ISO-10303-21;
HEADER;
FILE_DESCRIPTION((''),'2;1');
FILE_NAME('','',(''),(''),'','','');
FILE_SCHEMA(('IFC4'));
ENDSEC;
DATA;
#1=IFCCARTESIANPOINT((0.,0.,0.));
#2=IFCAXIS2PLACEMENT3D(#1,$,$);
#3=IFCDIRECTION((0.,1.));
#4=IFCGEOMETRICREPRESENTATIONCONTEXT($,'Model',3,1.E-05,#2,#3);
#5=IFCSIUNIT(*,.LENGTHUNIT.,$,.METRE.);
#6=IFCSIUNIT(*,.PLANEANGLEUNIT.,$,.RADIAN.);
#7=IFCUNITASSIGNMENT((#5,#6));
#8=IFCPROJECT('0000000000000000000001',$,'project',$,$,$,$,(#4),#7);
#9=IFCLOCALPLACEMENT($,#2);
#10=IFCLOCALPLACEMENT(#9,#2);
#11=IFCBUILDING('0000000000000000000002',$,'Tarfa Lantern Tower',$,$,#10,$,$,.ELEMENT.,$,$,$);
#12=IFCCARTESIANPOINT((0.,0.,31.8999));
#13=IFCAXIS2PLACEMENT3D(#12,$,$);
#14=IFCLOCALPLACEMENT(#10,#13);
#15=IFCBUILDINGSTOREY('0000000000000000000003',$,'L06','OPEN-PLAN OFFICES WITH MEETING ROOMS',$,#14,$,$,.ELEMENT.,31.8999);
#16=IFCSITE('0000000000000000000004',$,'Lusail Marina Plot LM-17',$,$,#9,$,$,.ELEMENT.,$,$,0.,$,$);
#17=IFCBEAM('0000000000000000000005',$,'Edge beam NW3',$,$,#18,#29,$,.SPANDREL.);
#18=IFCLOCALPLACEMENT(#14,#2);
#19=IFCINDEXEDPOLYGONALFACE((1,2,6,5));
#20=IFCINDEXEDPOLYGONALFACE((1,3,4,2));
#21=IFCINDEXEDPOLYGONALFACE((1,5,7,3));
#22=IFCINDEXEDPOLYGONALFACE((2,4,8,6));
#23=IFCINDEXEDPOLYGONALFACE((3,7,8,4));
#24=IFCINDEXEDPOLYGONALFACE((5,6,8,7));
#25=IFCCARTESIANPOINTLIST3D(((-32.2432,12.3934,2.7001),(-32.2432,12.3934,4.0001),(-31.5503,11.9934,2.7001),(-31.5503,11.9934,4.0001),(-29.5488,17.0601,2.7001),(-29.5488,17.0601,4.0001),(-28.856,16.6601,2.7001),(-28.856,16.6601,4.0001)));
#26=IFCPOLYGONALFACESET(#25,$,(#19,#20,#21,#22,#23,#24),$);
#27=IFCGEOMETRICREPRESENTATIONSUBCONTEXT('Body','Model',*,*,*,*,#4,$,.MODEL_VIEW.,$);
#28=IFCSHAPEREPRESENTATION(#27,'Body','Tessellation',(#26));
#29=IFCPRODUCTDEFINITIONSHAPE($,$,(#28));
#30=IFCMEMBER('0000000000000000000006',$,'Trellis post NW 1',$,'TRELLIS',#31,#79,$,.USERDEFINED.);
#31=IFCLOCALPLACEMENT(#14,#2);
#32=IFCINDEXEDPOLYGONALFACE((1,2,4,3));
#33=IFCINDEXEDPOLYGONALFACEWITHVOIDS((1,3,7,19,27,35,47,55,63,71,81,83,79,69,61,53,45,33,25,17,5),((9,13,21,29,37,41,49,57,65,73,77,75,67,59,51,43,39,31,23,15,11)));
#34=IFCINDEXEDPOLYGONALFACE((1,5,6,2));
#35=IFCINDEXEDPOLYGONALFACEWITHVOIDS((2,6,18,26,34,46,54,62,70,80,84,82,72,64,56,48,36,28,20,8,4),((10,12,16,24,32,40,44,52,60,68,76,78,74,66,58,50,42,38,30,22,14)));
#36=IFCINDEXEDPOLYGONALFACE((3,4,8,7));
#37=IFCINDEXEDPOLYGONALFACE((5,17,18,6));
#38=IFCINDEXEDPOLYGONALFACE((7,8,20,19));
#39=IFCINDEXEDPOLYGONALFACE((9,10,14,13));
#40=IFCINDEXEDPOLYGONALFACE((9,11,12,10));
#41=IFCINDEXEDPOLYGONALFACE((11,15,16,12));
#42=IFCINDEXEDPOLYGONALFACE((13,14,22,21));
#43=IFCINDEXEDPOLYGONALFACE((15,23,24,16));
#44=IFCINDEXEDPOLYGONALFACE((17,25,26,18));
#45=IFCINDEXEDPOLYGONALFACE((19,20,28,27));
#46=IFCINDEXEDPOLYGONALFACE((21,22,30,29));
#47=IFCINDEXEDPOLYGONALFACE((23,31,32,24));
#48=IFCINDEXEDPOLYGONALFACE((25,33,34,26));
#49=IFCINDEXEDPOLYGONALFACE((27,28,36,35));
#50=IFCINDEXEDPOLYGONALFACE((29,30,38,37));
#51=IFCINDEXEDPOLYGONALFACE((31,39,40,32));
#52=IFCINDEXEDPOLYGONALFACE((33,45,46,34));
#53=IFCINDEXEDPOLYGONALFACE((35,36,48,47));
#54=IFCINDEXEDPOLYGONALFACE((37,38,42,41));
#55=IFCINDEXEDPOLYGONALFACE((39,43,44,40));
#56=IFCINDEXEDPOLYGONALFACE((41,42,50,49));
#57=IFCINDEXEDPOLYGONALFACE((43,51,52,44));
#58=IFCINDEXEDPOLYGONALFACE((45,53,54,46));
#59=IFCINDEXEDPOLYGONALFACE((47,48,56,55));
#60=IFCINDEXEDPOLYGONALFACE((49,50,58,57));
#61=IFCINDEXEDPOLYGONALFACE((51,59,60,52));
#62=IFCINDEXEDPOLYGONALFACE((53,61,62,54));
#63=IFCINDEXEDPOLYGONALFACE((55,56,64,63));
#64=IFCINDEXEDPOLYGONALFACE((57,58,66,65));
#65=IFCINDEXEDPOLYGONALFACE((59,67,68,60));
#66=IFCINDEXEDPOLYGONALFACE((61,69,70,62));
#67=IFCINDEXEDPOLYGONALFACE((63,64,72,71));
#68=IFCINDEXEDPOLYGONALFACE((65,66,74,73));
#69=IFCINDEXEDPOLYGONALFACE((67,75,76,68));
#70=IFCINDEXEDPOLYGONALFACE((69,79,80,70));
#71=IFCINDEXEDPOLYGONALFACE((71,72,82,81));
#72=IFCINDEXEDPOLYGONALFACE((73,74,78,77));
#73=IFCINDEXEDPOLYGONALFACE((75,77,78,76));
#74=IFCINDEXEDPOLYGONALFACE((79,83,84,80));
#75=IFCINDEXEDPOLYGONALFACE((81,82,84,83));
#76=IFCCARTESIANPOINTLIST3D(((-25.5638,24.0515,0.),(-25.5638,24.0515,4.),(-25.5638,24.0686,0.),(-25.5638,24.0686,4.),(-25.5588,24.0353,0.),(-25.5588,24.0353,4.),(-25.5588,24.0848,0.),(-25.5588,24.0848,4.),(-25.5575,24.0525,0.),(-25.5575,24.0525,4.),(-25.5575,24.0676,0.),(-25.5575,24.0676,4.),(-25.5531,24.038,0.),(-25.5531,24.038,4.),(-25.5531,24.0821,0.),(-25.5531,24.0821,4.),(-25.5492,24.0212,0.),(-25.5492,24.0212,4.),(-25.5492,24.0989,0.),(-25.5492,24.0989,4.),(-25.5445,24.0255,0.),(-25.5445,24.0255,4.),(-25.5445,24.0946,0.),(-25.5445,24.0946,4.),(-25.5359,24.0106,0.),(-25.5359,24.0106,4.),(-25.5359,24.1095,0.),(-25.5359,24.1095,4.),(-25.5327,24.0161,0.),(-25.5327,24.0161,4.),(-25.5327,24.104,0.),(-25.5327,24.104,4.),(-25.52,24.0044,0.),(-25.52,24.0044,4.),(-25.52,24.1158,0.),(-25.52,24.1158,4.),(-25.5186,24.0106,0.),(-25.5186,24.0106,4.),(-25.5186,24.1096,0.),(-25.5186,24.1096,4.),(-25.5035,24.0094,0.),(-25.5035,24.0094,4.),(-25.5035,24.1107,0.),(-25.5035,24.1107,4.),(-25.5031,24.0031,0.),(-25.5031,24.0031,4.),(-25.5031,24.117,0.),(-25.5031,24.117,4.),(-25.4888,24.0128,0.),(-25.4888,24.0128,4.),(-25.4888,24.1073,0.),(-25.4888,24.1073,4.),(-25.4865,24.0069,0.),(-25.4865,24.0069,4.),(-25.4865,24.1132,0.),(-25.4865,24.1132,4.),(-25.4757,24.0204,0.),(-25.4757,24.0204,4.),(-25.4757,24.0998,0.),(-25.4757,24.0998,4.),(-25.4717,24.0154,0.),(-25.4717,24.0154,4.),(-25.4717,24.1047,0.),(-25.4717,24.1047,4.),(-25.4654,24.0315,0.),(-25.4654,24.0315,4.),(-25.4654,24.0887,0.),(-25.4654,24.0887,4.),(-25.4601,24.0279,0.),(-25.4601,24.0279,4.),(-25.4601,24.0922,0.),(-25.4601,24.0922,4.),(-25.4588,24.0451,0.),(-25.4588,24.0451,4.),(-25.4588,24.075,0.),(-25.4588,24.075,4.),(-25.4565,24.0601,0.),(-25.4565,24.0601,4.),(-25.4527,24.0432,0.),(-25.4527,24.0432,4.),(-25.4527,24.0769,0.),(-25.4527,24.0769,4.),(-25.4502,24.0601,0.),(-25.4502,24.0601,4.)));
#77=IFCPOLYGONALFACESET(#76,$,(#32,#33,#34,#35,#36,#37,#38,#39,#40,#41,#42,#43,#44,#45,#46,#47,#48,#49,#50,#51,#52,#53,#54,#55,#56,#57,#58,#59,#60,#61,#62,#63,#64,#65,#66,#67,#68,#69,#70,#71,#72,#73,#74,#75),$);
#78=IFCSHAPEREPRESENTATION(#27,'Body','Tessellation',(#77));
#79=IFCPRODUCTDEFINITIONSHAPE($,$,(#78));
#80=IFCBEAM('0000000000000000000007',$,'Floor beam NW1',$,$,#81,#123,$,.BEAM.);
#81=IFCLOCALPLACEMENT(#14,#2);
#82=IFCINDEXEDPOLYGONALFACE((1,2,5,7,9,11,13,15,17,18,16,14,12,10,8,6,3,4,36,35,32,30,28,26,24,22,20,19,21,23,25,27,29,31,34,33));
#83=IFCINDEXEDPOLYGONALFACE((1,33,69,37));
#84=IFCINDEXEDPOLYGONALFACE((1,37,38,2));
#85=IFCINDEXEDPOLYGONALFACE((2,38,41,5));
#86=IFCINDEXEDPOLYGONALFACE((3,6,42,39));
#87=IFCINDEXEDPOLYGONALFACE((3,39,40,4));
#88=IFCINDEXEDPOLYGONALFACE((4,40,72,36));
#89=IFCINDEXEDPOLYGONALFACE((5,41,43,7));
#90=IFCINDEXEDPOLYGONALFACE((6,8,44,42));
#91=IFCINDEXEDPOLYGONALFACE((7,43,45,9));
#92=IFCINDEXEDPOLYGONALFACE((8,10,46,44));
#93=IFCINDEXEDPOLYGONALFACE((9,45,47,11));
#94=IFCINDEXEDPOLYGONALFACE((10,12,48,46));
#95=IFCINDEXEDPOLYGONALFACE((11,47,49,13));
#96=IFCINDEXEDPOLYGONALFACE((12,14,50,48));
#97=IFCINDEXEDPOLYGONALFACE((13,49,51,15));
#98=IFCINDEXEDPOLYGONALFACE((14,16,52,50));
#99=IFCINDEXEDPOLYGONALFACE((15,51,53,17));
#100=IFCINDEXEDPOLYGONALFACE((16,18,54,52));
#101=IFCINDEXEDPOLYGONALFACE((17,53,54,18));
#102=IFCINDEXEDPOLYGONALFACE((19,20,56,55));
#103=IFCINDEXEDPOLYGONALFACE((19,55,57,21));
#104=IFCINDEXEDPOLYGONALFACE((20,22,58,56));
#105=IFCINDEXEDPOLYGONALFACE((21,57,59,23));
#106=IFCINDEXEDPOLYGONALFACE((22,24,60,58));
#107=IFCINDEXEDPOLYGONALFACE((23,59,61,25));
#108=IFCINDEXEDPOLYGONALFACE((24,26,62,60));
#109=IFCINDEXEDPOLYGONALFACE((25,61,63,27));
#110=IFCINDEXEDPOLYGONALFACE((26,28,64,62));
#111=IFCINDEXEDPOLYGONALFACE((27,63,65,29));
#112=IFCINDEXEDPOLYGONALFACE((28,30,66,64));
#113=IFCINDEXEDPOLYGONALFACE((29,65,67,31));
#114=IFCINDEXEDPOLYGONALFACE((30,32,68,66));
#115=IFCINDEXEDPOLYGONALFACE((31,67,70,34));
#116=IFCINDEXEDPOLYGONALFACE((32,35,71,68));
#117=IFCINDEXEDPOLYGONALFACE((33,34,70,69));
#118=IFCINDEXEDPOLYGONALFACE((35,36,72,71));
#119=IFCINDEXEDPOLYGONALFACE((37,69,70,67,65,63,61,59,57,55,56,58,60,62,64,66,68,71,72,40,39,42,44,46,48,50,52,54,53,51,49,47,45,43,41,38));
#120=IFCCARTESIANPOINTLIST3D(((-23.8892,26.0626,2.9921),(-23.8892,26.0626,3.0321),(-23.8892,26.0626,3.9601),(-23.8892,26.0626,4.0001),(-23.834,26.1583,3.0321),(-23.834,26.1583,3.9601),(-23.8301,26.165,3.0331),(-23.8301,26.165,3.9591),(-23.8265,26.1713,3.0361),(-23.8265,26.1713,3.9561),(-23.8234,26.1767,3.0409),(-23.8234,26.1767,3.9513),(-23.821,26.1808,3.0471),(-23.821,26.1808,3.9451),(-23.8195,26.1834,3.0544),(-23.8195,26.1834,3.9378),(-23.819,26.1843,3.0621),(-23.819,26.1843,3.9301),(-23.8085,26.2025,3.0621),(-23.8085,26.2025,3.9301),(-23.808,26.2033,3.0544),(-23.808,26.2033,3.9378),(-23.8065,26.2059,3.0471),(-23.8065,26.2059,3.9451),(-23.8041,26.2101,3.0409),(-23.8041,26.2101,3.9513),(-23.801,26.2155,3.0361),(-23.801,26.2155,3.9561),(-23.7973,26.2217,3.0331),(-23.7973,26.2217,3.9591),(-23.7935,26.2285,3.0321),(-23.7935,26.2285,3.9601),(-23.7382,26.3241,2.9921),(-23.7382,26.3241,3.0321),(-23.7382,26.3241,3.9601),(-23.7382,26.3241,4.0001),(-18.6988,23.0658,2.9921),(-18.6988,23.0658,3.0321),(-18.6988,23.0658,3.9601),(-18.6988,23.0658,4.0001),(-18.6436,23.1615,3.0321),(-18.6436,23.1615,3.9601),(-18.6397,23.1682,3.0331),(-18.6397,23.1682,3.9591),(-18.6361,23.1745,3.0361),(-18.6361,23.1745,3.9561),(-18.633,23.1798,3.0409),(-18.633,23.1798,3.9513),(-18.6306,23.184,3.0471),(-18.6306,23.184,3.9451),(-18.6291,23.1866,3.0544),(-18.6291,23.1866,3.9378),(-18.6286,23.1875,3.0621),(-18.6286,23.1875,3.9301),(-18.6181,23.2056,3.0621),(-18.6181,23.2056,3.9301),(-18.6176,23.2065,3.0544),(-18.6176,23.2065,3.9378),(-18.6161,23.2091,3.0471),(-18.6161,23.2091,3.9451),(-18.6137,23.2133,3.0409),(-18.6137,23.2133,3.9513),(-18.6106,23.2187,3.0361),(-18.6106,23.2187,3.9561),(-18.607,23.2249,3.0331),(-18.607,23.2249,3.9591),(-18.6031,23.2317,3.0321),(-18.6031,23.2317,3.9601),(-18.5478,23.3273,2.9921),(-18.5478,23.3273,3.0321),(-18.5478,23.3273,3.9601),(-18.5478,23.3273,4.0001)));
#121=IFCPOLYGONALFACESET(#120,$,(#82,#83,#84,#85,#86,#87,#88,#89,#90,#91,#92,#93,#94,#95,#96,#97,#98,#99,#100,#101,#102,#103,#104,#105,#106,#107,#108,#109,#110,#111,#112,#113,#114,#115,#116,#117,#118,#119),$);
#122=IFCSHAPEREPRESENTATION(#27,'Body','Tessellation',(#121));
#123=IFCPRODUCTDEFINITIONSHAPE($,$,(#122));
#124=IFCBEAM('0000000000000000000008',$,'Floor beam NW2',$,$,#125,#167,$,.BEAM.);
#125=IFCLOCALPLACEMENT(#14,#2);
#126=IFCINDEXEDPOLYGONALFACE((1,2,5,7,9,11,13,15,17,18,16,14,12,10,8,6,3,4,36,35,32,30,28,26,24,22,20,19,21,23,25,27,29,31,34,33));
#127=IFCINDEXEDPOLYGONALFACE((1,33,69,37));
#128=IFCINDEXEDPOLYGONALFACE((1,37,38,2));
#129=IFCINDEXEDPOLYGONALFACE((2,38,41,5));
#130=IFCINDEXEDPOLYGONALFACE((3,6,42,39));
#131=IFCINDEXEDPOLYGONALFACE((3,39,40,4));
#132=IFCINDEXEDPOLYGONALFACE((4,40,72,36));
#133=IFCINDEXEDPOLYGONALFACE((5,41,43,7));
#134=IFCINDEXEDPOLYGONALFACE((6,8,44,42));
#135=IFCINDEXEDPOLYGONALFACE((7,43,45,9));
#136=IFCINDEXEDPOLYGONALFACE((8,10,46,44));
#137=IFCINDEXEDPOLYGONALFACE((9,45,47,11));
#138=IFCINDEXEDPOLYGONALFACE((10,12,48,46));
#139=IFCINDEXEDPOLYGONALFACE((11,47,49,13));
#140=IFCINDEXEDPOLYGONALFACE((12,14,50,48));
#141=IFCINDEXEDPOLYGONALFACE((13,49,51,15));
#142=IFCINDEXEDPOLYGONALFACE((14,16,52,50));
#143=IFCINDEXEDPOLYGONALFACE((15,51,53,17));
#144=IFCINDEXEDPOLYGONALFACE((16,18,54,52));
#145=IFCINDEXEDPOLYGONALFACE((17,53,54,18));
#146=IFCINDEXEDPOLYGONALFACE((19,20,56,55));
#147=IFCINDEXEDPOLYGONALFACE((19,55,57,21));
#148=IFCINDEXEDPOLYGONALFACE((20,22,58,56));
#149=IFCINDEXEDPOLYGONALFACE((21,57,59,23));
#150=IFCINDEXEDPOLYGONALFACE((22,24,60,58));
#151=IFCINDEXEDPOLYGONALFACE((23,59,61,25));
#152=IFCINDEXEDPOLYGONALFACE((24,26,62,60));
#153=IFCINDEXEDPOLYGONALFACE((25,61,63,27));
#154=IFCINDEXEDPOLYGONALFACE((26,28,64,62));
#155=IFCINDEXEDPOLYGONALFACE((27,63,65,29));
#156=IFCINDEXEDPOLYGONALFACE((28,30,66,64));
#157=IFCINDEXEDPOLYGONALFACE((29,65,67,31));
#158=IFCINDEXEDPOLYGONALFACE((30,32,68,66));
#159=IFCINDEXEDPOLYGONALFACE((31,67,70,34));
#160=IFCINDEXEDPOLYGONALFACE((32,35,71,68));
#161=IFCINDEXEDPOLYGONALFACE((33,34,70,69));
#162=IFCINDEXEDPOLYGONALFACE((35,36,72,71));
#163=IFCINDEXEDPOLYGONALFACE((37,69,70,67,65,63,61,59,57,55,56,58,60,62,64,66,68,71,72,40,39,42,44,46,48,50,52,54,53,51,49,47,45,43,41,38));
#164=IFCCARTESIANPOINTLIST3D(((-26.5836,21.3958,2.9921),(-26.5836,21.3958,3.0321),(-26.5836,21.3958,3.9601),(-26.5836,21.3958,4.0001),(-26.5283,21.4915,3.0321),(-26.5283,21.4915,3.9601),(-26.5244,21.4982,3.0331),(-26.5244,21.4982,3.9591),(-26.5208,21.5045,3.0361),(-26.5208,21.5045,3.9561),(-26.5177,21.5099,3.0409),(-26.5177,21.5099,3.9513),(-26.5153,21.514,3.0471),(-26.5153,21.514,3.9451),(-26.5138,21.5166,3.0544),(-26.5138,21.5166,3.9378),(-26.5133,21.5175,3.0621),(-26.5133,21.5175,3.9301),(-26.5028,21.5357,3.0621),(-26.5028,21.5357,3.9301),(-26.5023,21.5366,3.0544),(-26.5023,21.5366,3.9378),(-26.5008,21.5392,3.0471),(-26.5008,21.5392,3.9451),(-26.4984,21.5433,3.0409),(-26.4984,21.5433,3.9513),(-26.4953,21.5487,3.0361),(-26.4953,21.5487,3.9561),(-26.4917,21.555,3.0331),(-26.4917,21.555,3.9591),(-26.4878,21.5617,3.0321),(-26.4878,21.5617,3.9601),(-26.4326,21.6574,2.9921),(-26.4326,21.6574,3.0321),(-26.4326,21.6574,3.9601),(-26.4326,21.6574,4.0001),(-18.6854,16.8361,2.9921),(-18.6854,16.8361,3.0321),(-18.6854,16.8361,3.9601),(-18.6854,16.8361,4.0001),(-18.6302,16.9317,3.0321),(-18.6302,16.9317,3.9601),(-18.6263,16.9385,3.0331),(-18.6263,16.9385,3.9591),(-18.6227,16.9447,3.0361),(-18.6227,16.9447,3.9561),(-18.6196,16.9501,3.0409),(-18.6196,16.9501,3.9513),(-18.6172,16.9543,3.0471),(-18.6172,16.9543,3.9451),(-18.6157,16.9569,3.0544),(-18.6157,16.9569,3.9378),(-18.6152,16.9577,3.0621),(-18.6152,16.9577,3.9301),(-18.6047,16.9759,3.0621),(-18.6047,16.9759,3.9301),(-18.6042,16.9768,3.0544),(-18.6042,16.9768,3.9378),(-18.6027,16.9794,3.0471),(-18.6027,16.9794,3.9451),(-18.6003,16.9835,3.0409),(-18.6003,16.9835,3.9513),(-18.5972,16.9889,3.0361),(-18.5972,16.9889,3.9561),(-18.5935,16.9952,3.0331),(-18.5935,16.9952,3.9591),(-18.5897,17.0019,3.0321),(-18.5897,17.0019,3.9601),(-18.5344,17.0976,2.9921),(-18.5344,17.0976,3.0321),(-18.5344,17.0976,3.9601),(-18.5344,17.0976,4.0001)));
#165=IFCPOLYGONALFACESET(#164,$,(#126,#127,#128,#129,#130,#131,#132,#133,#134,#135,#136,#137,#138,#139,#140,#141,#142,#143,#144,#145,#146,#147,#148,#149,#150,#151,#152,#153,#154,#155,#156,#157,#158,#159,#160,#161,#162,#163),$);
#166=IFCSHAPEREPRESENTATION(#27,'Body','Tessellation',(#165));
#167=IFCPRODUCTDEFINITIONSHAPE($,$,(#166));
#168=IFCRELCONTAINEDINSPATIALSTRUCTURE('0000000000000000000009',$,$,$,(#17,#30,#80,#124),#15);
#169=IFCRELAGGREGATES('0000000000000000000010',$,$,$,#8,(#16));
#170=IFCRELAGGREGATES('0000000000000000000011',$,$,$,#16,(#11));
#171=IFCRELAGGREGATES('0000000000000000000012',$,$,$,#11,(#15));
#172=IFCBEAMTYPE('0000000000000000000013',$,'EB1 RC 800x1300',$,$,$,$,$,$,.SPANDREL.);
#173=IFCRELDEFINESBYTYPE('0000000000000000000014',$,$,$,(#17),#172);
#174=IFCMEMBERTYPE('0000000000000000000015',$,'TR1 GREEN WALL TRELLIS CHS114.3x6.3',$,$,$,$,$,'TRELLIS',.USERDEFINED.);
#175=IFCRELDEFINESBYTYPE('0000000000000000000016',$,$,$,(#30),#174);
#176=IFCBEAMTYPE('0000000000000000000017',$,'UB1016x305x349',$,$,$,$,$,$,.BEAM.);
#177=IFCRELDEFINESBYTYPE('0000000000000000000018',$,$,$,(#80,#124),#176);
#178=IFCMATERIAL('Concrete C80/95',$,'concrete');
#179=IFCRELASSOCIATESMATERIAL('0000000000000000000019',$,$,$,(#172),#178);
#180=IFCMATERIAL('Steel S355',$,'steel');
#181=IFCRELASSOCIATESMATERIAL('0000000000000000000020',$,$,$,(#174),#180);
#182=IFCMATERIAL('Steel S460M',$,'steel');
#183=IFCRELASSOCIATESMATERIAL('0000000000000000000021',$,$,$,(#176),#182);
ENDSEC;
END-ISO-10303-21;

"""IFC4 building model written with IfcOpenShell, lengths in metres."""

from ifc_helpers import new_model, si_unit, direction, frame, origin, origin_2d, place, context, subcontext, project, spatial, rectangle, hollow_circle, i_section, extrude, material, material_profile, profile_set, type_object, element, save


model = new_model("IFC4")

# Units and contexts
model_context = context("Model", 3, precision=1e-05, world=origin(), true_north=direction((0.0, 1.0)))
body_context = subcontext(model_context, "Body", "Model", "MODEL_VIEW")
ifc_project = project(units=[si_unit("LENGTHUNIT", "METRE"), si_unit("PLANEANGLEUNIT", "RADIAN")], contexts=[model_context])

# Site, building, storey
site_placement = place(None, origin())
site = spatial("IfcSite", under=ifc_project, at=site_placement, Name="Lusail Marina Plot LM-17", CompositionType="ELEMENT", RefElevation=0.0)
building_placement = place(site_placement, origin())
building = spatial("IfcBuilding", under=site, at=building_placement, Name="Tarfa Lantern Tower", CompositionType="ELEMENT")
storey_placement = place(building_placement, frame((0.0, 0.0, 31.8999)))
storey = spatial("IfcBuildingStorey", under=building, at=storey_placement, Name="L06", Description="OPEN-PLAN OFFICES WITH MEETING ROOMS", CompositionType="ELEMENT", Elevation=31.8999)

# Shared definitions
ifc_material_1 = material(Name="Concrete C80/95", Category="concrete")

# Beam
ifc_material_profile_1 = material_profile(ifc_material_1, rectangle(XDim=0.8, YDim=1.3, at=origin_2d()), Name="RC 800x1300")
ifc_profile_set_1 = profile_set([ifc_material_profile_1], Name="Concrete C80/95")
beam_type_1 = type_object("IfcBeamType", Name="EB1 RC 800x1300", PredefinedType="SPANDREL", material=ifc_profile_set_1)
beam_1_placement = place(storey_placement, frame((-29.2024, 16.8601, 3.3501), z_axis=(-0.499998, -0.866026, 0.0), x_axis=(0.866026, -0.499998, 0.0)))
element("IfcBeam", 1, at=beam_1_placement, inside=storey, type_object=beam_type_1, Name="Edge beam NW3", PredefinedType="SPANDREL", context=body_context, shape_type="SweptSolid", body=[
    extrude(rectangle(XDim=0.8, YDim=1.3, at=origin_2d()), origin(), (0.0, 0.0, 1.0), 5.3887),
])

# Member
ifc_material_2 = material(Name="Steel S355", Category="steel")
ifc_material_profile_2 = material_profile(ifc_material_2, hollow_circle(Radius=0.0571, WallThickness=0.0063, at=origin_2d()), Name="CHS114.3x6.3")
ifc_profile_set_2 = profile_set([ifc_material_profile_2], Name="Steel S355")
member_type_1 = type_object("IfcMemberType", Name="TR1 GREEN WALL TRELLIS CHS114.3x6.3", ElementType="TRELLIS", PredefinedType="USERDEFINED", material=ifc_profile_set_2)
member_1_placement = place(storey_placement, frame((-25.5073, 24.0601, 0.0), z_axis=(0.0, 0.0, 1.0), x_axis=(1.0, 0.0, 0.0)))
element("IfcMember", 2, at=member_1_placement, inside=storey, type_object=member_type_1, Name="Trellis post NW 1", ObjectType="TRELLIS", PredefinedType="USERDEFINED", context=body_context, shape_type="SweptSolid", body=[
    extrude(hollow_circle(Radius=0.0571, WallThickness=0.0063, at=origin_2d()), origin(), (0.0, 0.0, 1.0), 4.0),
])

# Beams
ifc_material_3 = material(Name="Steel S460M", Category="steel")
ifc_material_profile_3 = material_profile(ifc_material_3, i_section(OverallWidth=0.302, OverallDepth=1.0081, WebThickness=0.021, FlangeThickness=0.04, FilletRadius=0.03, at=origin_2d()), Name="UB1016x305x349")
ifc_profile_set_3 = profile_set([ifc_material_profile_3], Name="Steel S460M")
beam_type_2 = type_object("IfcBeamType", Name="UB1016x305x349", PredefinedType="BEAM", material=ifc_profile_set_3)
beam_2_placement = place(storey_placement, frame((-23.8137, 26.1934, 3.4961), z_axis=(0.866016, -0.500016, 0.0), x_axis=(0.500016, 0.866016, 0.0)))
element("IfcBeam", 3, at=beam_2_placement, inside=storey, type_object=beam_type_2, Name="Floor beam NW1", PredefinedType="BEAM", context=body_context, shape_type="SweptSolid", body=[
    extrude(i_section(OverallWidth=0.302, OverallDepth=1.0081, WebThickness=0.021, FlangeThickness=0.04, FilletRadius=0.03, at=origin_2d()), origin(), (0.0, 0.0, 1.0), 5.9934),
])
beam_3_placement = place(storey_placement, frame((-26.5081, 21.5266, 3.4961), z_axis=(0.866035, -0.499983, 0.0), x_axis=(0.499983, 0.866035, 0.0)))
element("IfcBeam", 4, at=beam_3_placement, inside=storey, type_object=beam_type_2, Name="Floor beam NW2", PredefinedType="BEAM", context=body_context, shape_type="SweptSolid", body=[
    extrude(i_section(OverallWidth=0.302, OverallDepth=1.0081, WebThickness=0.021, FlangeThickness=0.04, FilletRadius=0.03, at=origin_2d()), origin(), (0.0, 0.0, 1.0), 9.1199),
])

save(model, "model.ifc")
